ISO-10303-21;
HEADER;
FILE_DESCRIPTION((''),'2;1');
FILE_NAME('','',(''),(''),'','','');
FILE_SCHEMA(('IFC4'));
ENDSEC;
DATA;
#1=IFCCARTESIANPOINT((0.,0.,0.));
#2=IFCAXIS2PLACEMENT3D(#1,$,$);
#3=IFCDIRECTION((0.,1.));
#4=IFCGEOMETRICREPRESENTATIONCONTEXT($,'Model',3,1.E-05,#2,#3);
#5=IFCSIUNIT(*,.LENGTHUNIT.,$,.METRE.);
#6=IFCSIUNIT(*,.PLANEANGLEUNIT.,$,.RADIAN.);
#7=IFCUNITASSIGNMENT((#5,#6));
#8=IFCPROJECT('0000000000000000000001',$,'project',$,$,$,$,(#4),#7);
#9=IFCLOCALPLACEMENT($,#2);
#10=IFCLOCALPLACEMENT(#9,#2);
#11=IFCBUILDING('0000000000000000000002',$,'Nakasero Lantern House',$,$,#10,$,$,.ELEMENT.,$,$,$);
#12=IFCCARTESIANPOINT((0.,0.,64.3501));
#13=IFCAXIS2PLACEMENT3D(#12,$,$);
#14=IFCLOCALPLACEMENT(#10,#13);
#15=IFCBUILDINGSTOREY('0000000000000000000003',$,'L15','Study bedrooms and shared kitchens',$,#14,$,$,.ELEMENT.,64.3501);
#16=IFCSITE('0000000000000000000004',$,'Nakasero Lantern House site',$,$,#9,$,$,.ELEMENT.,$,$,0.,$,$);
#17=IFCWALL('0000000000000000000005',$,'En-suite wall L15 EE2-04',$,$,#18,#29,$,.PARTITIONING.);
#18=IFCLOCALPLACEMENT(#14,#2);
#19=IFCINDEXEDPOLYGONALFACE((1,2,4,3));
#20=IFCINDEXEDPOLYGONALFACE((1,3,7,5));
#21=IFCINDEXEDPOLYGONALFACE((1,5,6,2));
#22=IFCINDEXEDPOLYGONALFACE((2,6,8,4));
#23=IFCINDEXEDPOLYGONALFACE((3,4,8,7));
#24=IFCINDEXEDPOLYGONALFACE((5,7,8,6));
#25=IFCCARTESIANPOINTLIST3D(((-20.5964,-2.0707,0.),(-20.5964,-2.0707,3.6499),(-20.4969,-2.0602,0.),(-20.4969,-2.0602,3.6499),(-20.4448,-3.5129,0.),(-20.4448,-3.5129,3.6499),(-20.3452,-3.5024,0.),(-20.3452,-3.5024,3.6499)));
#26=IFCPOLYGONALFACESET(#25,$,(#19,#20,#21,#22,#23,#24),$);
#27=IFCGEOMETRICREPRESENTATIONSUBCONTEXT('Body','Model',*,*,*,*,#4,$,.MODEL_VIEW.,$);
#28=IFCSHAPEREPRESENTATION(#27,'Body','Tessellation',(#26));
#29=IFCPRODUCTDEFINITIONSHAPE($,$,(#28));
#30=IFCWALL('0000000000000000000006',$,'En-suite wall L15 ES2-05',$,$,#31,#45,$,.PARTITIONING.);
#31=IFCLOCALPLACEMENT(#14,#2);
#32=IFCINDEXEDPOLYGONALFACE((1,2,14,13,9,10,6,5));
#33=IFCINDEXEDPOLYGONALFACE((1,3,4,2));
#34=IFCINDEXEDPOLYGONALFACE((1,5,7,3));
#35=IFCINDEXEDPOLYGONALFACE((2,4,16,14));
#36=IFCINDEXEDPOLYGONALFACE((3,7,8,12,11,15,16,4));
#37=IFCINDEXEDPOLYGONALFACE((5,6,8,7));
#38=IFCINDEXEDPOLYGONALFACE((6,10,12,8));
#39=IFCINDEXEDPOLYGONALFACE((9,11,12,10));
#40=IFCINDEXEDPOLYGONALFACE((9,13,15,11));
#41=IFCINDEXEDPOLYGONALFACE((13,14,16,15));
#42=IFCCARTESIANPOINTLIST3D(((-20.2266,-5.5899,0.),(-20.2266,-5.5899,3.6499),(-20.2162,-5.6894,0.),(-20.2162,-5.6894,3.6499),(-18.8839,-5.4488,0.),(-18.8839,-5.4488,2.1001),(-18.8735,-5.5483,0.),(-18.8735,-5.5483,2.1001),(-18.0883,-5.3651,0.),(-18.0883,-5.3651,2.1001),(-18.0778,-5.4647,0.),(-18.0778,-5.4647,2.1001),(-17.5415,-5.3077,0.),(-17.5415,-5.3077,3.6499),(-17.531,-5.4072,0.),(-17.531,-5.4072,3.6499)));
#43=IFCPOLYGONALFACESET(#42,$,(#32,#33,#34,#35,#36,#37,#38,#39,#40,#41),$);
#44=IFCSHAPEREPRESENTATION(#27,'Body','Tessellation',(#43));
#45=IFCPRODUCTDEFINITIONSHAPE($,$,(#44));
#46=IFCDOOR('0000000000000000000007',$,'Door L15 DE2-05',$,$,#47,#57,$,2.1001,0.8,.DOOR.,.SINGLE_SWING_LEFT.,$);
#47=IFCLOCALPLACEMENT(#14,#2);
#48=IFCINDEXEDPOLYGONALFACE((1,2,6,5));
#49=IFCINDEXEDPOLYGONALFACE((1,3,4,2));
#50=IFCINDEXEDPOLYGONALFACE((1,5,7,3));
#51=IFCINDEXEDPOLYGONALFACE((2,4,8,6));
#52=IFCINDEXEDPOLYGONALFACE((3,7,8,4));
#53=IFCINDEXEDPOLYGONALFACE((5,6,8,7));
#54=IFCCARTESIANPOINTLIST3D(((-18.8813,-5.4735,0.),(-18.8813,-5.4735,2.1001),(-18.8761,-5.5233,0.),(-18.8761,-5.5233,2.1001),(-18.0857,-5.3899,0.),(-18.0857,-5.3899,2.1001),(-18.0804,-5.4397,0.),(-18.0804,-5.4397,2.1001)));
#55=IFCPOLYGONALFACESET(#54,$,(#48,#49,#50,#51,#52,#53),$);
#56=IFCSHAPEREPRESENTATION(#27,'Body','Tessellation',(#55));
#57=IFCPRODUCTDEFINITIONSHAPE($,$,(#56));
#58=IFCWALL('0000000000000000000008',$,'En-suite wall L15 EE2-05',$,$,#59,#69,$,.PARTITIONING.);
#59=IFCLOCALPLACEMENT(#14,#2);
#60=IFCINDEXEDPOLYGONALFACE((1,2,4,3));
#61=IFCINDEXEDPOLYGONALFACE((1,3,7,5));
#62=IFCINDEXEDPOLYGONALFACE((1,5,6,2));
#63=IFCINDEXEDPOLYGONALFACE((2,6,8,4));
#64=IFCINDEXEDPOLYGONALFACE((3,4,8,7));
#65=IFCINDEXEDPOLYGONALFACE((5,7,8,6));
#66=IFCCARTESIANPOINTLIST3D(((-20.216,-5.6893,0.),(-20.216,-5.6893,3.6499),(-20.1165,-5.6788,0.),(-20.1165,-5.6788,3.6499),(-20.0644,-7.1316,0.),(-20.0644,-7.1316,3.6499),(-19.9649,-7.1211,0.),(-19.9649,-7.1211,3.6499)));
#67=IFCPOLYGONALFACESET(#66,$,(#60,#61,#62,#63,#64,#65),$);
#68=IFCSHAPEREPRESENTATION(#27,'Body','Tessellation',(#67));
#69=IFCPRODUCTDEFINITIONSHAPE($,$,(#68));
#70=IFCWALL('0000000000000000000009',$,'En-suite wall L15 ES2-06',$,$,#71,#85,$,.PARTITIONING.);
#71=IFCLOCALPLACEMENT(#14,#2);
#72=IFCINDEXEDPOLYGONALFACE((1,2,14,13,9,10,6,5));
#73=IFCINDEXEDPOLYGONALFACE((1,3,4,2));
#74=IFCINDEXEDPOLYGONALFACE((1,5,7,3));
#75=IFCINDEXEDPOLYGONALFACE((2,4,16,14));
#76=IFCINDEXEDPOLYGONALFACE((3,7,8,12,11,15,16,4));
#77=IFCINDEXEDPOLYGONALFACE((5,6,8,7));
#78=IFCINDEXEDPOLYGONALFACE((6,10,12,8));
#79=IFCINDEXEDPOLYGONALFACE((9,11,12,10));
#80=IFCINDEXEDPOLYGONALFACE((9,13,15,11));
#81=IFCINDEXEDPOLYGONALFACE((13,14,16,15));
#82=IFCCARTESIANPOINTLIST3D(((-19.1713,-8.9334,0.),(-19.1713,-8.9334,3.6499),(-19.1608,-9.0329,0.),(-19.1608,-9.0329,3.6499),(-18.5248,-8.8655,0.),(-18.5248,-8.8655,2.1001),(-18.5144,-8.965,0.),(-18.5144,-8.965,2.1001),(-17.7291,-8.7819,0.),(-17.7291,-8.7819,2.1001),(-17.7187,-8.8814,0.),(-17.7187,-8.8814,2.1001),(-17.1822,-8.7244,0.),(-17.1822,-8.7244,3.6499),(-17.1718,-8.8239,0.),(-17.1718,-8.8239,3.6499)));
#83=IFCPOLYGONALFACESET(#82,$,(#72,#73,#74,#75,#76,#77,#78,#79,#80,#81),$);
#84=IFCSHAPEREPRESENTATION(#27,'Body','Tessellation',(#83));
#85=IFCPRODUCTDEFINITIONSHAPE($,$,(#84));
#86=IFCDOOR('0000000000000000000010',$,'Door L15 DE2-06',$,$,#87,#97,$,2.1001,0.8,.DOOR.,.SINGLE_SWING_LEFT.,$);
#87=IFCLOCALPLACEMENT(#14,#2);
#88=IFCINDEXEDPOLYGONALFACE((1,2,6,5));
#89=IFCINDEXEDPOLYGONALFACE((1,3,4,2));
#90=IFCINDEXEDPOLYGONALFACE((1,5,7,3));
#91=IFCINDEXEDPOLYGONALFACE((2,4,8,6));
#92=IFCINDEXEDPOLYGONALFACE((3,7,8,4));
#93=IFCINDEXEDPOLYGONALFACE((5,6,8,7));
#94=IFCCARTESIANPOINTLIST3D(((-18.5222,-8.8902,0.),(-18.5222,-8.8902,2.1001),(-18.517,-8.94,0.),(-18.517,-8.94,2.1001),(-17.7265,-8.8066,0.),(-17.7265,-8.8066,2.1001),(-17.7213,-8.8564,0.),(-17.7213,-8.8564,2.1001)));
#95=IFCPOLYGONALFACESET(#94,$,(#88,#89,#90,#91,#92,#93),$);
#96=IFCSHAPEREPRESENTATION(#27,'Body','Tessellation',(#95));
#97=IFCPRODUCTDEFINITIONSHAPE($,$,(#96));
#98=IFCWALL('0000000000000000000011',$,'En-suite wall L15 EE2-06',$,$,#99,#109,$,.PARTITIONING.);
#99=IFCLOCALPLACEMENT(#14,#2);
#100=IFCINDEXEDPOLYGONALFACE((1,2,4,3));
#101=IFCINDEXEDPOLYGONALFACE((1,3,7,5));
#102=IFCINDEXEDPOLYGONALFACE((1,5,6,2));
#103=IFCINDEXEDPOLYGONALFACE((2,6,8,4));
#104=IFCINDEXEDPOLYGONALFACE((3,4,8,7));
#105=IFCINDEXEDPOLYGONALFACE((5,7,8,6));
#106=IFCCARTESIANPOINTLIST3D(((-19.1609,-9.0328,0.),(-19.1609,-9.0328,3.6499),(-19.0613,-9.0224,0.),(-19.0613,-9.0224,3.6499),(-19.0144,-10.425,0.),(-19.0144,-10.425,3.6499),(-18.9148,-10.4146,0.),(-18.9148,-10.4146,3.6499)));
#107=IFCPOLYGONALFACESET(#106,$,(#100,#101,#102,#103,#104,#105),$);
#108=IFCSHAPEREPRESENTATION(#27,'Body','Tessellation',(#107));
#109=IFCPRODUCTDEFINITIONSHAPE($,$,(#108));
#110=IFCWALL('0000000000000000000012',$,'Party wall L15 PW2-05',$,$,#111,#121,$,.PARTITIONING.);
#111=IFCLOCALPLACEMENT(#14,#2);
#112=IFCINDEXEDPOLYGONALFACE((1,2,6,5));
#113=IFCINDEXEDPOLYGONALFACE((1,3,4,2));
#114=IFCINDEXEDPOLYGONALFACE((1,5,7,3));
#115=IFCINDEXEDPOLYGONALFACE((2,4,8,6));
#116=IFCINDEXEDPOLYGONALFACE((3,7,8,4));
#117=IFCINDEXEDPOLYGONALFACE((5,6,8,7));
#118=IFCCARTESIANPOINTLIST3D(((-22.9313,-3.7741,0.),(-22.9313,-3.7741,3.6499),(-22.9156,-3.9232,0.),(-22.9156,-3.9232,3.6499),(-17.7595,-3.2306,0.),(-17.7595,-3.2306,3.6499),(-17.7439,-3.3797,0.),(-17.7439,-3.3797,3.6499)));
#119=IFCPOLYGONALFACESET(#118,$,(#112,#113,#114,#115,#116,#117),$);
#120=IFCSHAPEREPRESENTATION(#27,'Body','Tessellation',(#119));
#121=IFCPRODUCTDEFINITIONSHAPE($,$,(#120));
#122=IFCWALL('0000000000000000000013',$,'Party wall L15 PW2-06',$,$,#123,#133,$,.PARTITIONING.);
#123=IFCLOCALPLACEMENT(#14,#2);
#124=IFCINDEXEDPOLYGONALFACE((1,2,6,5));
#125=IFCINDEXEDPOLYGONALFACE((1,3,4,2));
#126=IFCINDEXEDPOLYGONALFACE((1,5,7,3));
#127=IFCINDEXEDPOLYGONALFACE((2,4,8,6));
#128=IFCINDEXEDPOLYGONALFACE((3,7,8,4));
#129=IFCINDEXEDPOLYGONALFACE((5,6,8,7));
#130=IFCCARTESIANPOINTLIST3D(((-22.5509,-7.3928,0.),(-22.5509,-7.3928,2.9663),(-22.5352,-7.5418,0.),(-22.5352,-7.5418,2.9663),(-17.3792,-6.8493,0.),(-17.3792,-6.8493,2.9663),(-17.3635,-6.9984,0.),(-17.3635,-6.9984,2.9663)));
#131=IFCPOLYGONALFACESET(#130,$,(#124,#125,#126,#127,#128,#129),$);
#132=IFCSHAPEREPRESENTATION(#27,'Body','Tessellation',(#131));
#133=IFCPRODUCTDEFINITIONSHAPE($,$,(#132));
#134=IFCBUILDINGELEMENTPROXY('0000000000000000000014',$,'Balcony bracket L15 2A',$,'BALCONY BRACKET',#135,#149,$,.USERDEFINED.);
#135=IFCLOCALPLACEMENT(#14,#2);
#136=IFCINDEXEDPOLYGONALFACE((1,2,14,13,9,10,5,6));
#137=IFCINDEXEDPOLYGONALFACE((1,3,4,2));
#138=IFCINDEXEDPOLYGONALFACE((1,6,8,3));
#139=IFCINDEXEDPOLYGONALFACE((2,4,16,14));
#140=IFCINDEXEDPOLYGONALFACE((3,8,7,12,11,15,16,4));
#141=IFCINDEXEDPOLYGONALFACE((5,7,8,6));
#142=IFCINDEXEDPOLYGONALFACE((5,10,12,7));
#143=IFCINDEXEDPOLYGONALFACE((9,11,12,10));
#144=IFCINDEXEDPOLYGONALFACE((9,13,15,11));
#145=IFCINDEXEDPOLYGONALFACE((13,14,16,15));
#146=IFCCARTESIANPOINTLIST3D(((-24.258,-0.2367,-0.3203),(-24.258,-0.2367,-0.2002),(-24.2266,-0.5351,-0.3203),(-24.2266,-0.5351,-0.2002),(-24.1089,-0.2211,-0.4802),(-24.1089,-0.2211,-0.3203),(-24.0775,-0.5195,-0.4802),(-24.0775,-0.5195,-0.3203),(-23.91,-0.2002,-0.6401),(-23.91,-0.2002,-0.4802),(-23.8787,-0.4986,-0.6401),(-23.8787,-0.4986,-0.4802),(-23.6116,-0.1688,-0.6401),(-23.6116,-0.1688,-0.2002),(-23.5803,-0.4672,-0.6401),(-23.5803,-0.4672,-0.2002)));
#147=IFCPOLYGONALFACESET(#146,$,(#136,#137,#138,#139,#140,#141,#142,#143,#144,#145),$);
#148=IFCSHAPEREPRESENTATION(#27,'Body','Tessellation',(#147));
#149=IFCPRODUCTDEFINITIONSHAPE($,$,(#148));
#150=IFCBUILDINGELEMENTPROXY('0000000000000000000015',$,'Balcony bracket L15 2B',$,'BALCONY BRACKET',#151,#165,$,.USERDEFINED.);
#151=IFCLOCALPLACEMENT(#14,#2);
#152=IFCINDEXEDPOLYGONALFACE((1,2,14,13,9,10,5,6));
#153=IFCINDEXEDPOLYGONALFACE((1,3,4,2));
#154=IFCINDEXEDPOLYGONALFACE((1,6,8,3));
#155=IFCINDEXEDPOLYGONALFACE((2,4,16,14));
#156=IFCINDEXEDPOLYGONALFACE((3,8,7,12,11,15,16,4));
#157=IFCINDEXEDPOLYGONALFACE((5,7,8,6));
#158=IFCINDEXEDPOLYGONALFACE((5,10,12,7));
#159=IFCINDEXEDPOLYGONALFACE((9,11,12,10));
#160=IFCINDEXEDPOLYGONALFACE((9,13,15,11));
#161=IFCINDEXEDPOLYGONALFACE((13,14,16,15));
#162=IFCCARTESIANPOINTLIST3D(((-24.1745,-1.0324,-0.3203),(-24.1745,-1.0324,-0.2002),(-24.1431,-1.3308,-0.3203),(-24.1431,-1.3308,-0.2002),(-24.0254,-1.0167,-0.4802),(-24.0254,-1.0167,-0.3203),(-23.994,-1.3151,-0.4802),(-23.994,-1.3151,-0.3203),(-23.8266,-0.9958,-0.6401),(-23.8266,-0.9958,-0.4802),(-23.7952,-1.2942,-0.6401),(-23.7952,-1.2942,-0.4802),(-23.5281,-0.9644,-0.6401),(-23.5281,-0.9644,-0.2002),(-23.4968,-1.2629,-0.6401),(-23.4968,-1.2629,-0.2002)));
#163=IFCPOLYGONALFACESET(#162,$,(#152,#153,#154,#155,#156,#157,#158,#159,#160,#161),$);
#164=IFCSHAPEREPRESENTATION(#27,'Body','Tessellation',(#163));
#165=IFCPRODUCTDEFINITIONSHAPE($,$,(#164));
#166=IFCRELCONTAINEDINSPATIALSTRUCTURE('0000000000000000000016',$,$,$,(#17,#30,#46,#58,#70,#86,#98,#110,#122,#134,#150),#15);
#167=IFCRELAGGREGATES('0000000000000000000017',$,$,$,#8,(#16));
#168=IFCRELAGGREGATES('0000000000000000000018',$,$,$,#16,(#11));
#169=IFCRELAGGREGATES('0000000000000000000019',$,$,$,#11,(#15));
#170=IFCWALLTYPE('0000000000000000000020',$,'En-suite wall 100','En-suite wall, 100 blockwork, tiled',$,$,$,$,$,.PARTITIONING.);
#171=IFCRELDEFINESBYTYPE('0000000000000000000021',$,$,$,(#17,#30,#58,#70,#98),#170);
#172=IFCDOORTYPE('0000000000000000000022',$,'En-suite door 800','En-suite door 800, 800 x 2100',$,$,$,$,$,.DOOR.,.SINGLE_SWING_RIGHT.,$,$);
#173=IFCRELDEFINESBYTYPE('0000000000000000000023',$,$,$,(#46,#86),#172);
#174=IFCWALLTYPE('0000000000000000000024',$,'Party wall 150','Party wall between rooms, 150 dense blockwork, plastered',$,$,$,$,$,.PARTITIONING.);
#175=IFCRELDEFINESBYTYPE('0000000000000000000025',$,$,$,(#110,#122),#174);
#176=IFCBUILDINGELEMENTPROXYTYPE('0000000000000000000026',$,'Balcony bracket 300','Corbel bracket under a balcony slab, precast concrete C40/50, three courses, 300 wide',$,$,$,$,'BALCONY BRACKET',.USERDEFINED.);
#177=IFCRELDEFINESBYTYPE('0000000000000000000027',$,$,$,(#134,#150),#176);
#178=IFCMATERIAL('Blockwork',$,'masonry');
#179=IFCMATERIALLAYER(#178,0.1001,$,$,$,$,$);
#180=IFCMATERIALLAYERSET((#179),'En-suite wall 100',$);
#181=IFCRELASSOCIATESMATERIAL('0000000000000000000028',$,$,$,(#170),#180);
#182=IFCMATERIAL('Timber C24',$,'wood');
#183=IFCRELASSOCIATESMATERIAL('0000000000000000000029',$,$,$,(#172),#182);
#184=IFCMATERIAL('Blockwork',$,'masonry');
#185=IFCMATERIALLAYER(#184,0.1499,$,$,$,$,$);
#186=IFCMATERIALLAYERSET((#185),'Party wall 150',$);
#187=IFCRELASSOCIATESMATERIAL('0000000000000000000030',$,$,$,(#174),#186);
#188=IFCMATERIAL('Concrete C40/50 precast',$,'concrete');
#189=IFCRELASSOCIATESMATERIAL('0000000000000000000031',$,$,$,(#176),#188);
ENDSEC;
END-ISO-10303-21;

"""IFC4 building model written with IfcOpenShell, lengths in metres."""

from ifc_helpers import new_model, si_unit, direction, frame, frame_2d, origin, place, context, subcontext, project, spatial, polyline, rectangle, outline, extrude, material, layer, layer_set, type_object, element, fill, save


model = new_model("IFC4")

# Units and contexts
model_context = context("Model", 3, precision=1e-05, world=origin(), true_north=direction((0.0, 1.0)))
body_context = subcontext(model_context, "Body", "Model", "MODEL_VIEW")
ifc_project = project(units=[si_unit("LENGTHUNIT", "METRE"), si_unit("PLANEANGLEUNIT", "RADIAN")], contexts=[model_context])

# Site, building, storey
site_placement = place(None, origin())
site = spatial("IfcSite", under=ifc_project, at=site_placement, Name="Nakasero Lantern House site", CompositionType="ELEMENT", RefElevation=0.0)
building_placement = place(site_placement, origin())
building = spatial("IfcBuilding", under=site, at=building_placement, Name="Nakasero Lantern House", CompositionType="ELEMENT")
storey_placement = place(building_placement, frame((0.0, 0.0, 64.3501)))
storey = spatial("IfcBuildingStorey", under=building, at=storey_placement, Name="L15", Description="Study bedrooms and shared kitchens", CompositionType="ELEMENT", Elevation=64.3501)

# Shared definitions
ifc_material_1 = material(Name="Blockwork", Category="masonry")
ifc_layer_1 = layer(ifc_material_1, 0.1001)
ifc_layer_set_1 = layer_set([ifc_layer_1], Name="En-suite wall 100")
wall_type_1 = type_object("IfcWallType", Name="En-suite wall 100", Description="En-suite wall, 100 blockwork, tiled", PredefinedType="PARTITIONING", material=ifc_layer_set_1)
ifc_material_2 = material(Name="Timber C24", Category="wood")
door_type = type_object("IfcDoorType", Name="En-suite door 800", Description="En-suite door 800, 800 x 2100", OperationType="SINGLE_SWING_RIGHT", PredefinedType="DOOR", material=ifc_material_2)

# Wall
wall_1_placement = place(storey_placement, frame((-20.5466, -2.0654, 0.0), z_axis=(0.0, 0.0, 1.0), x_axis=(0.104553, -0.994519, 0.0)))
element("IfcWall", 1, at=wall_1_placement, inside=storey, type_object=wall_type_1, Name="En-suite wall L15 EE2-04", PredefinedType="PARTITIONING", context=body_context, shape_type="SweptSolid", body=[
    extrude(rectangle(XDim=1.4502, YDim=0.1001, at=frame_2d((0.7251, 0.0))), origin(), (0.0, 0.0, 1.0), 3.6499),
])

# Wall, opening, door
wall_2_placement = place(storey_placement, frame((-17.5361, -5.3574, 0.0), z_axis=(0.0, 0.0, 1.0), x_axis=(-0.994521, -0.104534, 0.0)))
wall_2 = element("IfcWall", 2, at=wall_2_placement, inside=storey, type_object=wall_type_1, Name="En-suite wall L15 ES2-05", PredefinedType="PARTITIONING", context=body_context, shape_type="SweptSolid", body=[
    extrude(rectangle(XDim=2.7, YDim=0.1001, at=frame_2d((1.3501, 0.0))), origin(), (0.0, 0.0, 1.0), 3.6499),
])
opening_1_placement = place(wall_2_placement, frame((0.55, 0.0, 0.0)))
opening_1 = element("IfcOpeningElement", 3, at=opening_1_placement, cuts=wall_2, PredefinedType="OPENING", context=body_context, shape_type="SweptSolid", body=[
    extrude(rectangle(XDim=0.8, YDim=2.1001, at=frame_2d((0.3999, 1.05))), frame((0.0, 0.0701, 0.0), z_axis=(0.0, -1.0, 0.0), x_axis=(1.0, 0.0, 0.0)), (0.0, 0.0, 1.0), 0.1401),
])
door_1_placement = place(opening_1_placement, origin())
door_1 = element("IfcDoor", 4, at=door_1_placement, inside=storey, type_object=door_type, Name="Door L15 DE2-05", OperationType="SINGLE_SWING_LEFT", OverallHeight=2.1001, OverallWidth=0.8, PredefinedType="DOOR", context=body_context, shape_type="SweptSolid", body=[
    extrude(rectangle(XDim=0.8, YDim=2.1001, at=frame_2d((0.3999, 1.05))), frame((0.0, 0.0249, 0.0), z_axis=(0.0, -1.0, 0.0), x_axis=(1.0, 0.0, 0.0)), (0.0, 0.0, 1.0), 0.05),
])
fill(opening_1, door_1)

# Wall
wall_3_placement = place(storey_placement, frame((-20.1663, -5.6841, 0.0), z_axis=(0.0, 0.0, 1.0), x_axis=(0.104553, -0.994519, 0.0)))
element("IfcWall", 5, at=wall_3_placement, inside=storey, type_object=wall_type_1, Name="En-suite wall L15 EE2-05", PredefinedType="PARTITIONING", context=body_context, shape_type="SweptSolid", body=[
    extrude(rectangle(XDim=1.4502, YDim=0.1001, at=frame_2d((0.7251, 0.0))), origin(), (0.0, 0.0, 1.0), 3.6499),
])

# Wall, opening, door
wall_4_placement = place(storey_placement, frame((-17.177, -8.7742, 0.0), z_axis=(0.0, 0.0, 1.0), x_axis=(-0.994526, -0.104494, 0.0)))
wall_4 = element("IfcWall", 6, at=wall_4_placement, inside=storey, type_object=wall_type_1, Name="En-suite wall L15 ES2-06", PredefinedType="PARTITIONING", context=body_context, shape_type="SweptSolid", body=[
    extrude(rectangle(XDim=2.0, YDim=0.1001, at=frame_2d((1.0, 0.0))), origin(), (0.0, 0.0, 1.0), 3.6499),
])
opening_2_placement = place(wall_4_placement, frame((0.55, 0.0, 0.0)))
opening_2 = element("IfcOpeningElement", 7, at=opening_2_placement, cuts=wall_4, PredefinedType="OPENING", context=body_context, shape_type="SweptSolid", body=[
    extrude(rectangle(XDim=0.8, YDim=2.1001, at=frame_2d((0.3999, 1.05))), frame((0.0, 0.0701, 0.0), z_axis=(0.0, -1.0, 0.0), x_axis=(1.0, 0.0, 0.0)), (0.0, 0.0, 1.0), 0.1401),
])
door_2_placement = place(opening_2_placement, origin())
door_2 = element("IfcDoor", 8, at=door_2_placement, inside=storey, type_object=door_type, Name="Door L15 DE2-06", OperationType="SINGLE_SWING_LEFT", OverallHeight=2.1001, OverallWidth=0.8, PredefinedType="DOOR", context=body_context, shape_type="SweptSolid", body=[
    extrude(rectangle(XDim=0.8, YDim=2.1001, at=frame_2d((0.3999, 1.05))), frame((0.0, 0.0249, 0.0), z_axis=(0.0, -1.0, 0.0), x_axis=(1.0, 0.0, 0.0)), (0.0, 0.0, 1.0), 0.05),
])
fill(opening_2, door_2)

# Walls
wall_5_placement = place(storey_placement, frame((-19.1111, -9.0276, 0.0), z_axis=(0.0, 0.0, 1.0), x_axis=(0.10463, -0.994511, 0.0)))
element("IfcWall", 9, at=wall_5_placement, inside=storey, type_object=wall_type_1, Name="En-suite wall L15 EE2-06", PredefinedType="PARTITIONING", context=body_context, shape_type="SweptSolid", body=[
    extrude(rectangle(XDim=1.3999, YDim=0.1001, at=frame_2d((0.7, 0.0))), origin(), (0.0, 0.0, 1.0), 3.6499),
])
ifc_material_3 = material(Name="Blockwork", Category="masonry")
ifc_layer_2 = layer(ifc_material_3, 0.1499)
ifc_layer_set_2 = layer_set([ifc_layer_2], Name="Party wall 150")
wall_type_2 = type_object("IfcWallType", Name="Party wall 150", Description="Party wall between rooms, 150 dense blockwork, plastered", PredefinedType="PARTITIONING", material=ifc_layer_set_2)
wall_6_placement = place(storey_placement, frame((-17.7517, -3.3052, 0.0), z_axis=(0.0, 0.0, 1.0), x_axis=(-0.994524, -0.104509, 0.0)))
element("IfcWall", 10, at=wall_6_placement, inside=storey, type_object=wall_type_2, Name="Party wall L15 PW2-05", PredefinedType="PARTITIONING", context=body_context, shape_type="SweptSolid", body=[
    extrude(rectangle(XDim=5.2002, YDim=0.1499, at=frame_2d((2.6001, 0.0))), origin(), (0.0, 0.0, 1.0), 3.6499),
])
wall_7_placement = place(storey_placement, frame((-17.3713, -6.9238, 0.0), z_axis=(0.0, 0.0, 1.0), x_axis=(-0.994524, -0.104509, 0.0)))
element("IfcWall", 11, at=wall_7_placement, inside=storey, type_object=wall_type_2, Name="Party wall L15 PW2-06", PredefinedType="PARTITIONING", context=body_context, shape_type="SweptSolid", body=[
    extrude(rectangle(XDim=5.2002, YDim=0.1499, at=frame_2d((2.6001, 0.0))), origin(), (0.0, 0.0, 1.0), 2.9663),
])

# Building element proxies
ifc_material_4 = material(Name="Concrete C40/50 precast", Category="concrete")
building_element_proxy_type = type_object("IfcBuildingElementProxyType", Name="Balcony bracket 300", Description="Corbel bracket under a balcony slab, precast concrete C40/50, three courses, 300 wide", ElementType="BALCONY BRACKET", PredefinedType="USERDEFINED", material=ifc_material_4)
for number, where, z_axis, x_axis, name in (
    (12, (-23.5959, -0.3181, -0.2002), (0.0, 0.0, 1.0), (-0.994522, -0.104528, 0.0), "Balcony bracket L15 2A"),
    (13, (-23.5125, -1.1138, -0.2002), (0.0, 0.0, 1.0), (-0.994522, -0.104528, 0.0), "Balcony bracket L15 2B"),
):
    element("IfcBuildingElementProxy", number, at=place(storey_placement, frame(where, z_axis=z_axis, x_axis=x_axis)), inside=storey, type_object=building_element_proxy_type, Name=name, ObjectType="BALCONY BRACKET", PredefinedType="USERDEFINED", context=body_context, shape_type="SweptSolid", body=[
        extrude(outline(polyline([(0.0, 0.0), (0.6499, 0.0), (0.6499, -0.1201), (0.5, -0.1201), (0.5, -0.28), (0.3, -0.28), (0.3, -0.4399), (0.0, -0.4399), (0.0, 0.0)])), frame((0.0, 0.1499, 0.0), z_axis=(0.0, -1.0, 0.0), x_axis=(1.0, 0.0, 0.0)), (0.0, 0.0, 1.0), 0.3),
    ])

save(model, "model.ifc")
